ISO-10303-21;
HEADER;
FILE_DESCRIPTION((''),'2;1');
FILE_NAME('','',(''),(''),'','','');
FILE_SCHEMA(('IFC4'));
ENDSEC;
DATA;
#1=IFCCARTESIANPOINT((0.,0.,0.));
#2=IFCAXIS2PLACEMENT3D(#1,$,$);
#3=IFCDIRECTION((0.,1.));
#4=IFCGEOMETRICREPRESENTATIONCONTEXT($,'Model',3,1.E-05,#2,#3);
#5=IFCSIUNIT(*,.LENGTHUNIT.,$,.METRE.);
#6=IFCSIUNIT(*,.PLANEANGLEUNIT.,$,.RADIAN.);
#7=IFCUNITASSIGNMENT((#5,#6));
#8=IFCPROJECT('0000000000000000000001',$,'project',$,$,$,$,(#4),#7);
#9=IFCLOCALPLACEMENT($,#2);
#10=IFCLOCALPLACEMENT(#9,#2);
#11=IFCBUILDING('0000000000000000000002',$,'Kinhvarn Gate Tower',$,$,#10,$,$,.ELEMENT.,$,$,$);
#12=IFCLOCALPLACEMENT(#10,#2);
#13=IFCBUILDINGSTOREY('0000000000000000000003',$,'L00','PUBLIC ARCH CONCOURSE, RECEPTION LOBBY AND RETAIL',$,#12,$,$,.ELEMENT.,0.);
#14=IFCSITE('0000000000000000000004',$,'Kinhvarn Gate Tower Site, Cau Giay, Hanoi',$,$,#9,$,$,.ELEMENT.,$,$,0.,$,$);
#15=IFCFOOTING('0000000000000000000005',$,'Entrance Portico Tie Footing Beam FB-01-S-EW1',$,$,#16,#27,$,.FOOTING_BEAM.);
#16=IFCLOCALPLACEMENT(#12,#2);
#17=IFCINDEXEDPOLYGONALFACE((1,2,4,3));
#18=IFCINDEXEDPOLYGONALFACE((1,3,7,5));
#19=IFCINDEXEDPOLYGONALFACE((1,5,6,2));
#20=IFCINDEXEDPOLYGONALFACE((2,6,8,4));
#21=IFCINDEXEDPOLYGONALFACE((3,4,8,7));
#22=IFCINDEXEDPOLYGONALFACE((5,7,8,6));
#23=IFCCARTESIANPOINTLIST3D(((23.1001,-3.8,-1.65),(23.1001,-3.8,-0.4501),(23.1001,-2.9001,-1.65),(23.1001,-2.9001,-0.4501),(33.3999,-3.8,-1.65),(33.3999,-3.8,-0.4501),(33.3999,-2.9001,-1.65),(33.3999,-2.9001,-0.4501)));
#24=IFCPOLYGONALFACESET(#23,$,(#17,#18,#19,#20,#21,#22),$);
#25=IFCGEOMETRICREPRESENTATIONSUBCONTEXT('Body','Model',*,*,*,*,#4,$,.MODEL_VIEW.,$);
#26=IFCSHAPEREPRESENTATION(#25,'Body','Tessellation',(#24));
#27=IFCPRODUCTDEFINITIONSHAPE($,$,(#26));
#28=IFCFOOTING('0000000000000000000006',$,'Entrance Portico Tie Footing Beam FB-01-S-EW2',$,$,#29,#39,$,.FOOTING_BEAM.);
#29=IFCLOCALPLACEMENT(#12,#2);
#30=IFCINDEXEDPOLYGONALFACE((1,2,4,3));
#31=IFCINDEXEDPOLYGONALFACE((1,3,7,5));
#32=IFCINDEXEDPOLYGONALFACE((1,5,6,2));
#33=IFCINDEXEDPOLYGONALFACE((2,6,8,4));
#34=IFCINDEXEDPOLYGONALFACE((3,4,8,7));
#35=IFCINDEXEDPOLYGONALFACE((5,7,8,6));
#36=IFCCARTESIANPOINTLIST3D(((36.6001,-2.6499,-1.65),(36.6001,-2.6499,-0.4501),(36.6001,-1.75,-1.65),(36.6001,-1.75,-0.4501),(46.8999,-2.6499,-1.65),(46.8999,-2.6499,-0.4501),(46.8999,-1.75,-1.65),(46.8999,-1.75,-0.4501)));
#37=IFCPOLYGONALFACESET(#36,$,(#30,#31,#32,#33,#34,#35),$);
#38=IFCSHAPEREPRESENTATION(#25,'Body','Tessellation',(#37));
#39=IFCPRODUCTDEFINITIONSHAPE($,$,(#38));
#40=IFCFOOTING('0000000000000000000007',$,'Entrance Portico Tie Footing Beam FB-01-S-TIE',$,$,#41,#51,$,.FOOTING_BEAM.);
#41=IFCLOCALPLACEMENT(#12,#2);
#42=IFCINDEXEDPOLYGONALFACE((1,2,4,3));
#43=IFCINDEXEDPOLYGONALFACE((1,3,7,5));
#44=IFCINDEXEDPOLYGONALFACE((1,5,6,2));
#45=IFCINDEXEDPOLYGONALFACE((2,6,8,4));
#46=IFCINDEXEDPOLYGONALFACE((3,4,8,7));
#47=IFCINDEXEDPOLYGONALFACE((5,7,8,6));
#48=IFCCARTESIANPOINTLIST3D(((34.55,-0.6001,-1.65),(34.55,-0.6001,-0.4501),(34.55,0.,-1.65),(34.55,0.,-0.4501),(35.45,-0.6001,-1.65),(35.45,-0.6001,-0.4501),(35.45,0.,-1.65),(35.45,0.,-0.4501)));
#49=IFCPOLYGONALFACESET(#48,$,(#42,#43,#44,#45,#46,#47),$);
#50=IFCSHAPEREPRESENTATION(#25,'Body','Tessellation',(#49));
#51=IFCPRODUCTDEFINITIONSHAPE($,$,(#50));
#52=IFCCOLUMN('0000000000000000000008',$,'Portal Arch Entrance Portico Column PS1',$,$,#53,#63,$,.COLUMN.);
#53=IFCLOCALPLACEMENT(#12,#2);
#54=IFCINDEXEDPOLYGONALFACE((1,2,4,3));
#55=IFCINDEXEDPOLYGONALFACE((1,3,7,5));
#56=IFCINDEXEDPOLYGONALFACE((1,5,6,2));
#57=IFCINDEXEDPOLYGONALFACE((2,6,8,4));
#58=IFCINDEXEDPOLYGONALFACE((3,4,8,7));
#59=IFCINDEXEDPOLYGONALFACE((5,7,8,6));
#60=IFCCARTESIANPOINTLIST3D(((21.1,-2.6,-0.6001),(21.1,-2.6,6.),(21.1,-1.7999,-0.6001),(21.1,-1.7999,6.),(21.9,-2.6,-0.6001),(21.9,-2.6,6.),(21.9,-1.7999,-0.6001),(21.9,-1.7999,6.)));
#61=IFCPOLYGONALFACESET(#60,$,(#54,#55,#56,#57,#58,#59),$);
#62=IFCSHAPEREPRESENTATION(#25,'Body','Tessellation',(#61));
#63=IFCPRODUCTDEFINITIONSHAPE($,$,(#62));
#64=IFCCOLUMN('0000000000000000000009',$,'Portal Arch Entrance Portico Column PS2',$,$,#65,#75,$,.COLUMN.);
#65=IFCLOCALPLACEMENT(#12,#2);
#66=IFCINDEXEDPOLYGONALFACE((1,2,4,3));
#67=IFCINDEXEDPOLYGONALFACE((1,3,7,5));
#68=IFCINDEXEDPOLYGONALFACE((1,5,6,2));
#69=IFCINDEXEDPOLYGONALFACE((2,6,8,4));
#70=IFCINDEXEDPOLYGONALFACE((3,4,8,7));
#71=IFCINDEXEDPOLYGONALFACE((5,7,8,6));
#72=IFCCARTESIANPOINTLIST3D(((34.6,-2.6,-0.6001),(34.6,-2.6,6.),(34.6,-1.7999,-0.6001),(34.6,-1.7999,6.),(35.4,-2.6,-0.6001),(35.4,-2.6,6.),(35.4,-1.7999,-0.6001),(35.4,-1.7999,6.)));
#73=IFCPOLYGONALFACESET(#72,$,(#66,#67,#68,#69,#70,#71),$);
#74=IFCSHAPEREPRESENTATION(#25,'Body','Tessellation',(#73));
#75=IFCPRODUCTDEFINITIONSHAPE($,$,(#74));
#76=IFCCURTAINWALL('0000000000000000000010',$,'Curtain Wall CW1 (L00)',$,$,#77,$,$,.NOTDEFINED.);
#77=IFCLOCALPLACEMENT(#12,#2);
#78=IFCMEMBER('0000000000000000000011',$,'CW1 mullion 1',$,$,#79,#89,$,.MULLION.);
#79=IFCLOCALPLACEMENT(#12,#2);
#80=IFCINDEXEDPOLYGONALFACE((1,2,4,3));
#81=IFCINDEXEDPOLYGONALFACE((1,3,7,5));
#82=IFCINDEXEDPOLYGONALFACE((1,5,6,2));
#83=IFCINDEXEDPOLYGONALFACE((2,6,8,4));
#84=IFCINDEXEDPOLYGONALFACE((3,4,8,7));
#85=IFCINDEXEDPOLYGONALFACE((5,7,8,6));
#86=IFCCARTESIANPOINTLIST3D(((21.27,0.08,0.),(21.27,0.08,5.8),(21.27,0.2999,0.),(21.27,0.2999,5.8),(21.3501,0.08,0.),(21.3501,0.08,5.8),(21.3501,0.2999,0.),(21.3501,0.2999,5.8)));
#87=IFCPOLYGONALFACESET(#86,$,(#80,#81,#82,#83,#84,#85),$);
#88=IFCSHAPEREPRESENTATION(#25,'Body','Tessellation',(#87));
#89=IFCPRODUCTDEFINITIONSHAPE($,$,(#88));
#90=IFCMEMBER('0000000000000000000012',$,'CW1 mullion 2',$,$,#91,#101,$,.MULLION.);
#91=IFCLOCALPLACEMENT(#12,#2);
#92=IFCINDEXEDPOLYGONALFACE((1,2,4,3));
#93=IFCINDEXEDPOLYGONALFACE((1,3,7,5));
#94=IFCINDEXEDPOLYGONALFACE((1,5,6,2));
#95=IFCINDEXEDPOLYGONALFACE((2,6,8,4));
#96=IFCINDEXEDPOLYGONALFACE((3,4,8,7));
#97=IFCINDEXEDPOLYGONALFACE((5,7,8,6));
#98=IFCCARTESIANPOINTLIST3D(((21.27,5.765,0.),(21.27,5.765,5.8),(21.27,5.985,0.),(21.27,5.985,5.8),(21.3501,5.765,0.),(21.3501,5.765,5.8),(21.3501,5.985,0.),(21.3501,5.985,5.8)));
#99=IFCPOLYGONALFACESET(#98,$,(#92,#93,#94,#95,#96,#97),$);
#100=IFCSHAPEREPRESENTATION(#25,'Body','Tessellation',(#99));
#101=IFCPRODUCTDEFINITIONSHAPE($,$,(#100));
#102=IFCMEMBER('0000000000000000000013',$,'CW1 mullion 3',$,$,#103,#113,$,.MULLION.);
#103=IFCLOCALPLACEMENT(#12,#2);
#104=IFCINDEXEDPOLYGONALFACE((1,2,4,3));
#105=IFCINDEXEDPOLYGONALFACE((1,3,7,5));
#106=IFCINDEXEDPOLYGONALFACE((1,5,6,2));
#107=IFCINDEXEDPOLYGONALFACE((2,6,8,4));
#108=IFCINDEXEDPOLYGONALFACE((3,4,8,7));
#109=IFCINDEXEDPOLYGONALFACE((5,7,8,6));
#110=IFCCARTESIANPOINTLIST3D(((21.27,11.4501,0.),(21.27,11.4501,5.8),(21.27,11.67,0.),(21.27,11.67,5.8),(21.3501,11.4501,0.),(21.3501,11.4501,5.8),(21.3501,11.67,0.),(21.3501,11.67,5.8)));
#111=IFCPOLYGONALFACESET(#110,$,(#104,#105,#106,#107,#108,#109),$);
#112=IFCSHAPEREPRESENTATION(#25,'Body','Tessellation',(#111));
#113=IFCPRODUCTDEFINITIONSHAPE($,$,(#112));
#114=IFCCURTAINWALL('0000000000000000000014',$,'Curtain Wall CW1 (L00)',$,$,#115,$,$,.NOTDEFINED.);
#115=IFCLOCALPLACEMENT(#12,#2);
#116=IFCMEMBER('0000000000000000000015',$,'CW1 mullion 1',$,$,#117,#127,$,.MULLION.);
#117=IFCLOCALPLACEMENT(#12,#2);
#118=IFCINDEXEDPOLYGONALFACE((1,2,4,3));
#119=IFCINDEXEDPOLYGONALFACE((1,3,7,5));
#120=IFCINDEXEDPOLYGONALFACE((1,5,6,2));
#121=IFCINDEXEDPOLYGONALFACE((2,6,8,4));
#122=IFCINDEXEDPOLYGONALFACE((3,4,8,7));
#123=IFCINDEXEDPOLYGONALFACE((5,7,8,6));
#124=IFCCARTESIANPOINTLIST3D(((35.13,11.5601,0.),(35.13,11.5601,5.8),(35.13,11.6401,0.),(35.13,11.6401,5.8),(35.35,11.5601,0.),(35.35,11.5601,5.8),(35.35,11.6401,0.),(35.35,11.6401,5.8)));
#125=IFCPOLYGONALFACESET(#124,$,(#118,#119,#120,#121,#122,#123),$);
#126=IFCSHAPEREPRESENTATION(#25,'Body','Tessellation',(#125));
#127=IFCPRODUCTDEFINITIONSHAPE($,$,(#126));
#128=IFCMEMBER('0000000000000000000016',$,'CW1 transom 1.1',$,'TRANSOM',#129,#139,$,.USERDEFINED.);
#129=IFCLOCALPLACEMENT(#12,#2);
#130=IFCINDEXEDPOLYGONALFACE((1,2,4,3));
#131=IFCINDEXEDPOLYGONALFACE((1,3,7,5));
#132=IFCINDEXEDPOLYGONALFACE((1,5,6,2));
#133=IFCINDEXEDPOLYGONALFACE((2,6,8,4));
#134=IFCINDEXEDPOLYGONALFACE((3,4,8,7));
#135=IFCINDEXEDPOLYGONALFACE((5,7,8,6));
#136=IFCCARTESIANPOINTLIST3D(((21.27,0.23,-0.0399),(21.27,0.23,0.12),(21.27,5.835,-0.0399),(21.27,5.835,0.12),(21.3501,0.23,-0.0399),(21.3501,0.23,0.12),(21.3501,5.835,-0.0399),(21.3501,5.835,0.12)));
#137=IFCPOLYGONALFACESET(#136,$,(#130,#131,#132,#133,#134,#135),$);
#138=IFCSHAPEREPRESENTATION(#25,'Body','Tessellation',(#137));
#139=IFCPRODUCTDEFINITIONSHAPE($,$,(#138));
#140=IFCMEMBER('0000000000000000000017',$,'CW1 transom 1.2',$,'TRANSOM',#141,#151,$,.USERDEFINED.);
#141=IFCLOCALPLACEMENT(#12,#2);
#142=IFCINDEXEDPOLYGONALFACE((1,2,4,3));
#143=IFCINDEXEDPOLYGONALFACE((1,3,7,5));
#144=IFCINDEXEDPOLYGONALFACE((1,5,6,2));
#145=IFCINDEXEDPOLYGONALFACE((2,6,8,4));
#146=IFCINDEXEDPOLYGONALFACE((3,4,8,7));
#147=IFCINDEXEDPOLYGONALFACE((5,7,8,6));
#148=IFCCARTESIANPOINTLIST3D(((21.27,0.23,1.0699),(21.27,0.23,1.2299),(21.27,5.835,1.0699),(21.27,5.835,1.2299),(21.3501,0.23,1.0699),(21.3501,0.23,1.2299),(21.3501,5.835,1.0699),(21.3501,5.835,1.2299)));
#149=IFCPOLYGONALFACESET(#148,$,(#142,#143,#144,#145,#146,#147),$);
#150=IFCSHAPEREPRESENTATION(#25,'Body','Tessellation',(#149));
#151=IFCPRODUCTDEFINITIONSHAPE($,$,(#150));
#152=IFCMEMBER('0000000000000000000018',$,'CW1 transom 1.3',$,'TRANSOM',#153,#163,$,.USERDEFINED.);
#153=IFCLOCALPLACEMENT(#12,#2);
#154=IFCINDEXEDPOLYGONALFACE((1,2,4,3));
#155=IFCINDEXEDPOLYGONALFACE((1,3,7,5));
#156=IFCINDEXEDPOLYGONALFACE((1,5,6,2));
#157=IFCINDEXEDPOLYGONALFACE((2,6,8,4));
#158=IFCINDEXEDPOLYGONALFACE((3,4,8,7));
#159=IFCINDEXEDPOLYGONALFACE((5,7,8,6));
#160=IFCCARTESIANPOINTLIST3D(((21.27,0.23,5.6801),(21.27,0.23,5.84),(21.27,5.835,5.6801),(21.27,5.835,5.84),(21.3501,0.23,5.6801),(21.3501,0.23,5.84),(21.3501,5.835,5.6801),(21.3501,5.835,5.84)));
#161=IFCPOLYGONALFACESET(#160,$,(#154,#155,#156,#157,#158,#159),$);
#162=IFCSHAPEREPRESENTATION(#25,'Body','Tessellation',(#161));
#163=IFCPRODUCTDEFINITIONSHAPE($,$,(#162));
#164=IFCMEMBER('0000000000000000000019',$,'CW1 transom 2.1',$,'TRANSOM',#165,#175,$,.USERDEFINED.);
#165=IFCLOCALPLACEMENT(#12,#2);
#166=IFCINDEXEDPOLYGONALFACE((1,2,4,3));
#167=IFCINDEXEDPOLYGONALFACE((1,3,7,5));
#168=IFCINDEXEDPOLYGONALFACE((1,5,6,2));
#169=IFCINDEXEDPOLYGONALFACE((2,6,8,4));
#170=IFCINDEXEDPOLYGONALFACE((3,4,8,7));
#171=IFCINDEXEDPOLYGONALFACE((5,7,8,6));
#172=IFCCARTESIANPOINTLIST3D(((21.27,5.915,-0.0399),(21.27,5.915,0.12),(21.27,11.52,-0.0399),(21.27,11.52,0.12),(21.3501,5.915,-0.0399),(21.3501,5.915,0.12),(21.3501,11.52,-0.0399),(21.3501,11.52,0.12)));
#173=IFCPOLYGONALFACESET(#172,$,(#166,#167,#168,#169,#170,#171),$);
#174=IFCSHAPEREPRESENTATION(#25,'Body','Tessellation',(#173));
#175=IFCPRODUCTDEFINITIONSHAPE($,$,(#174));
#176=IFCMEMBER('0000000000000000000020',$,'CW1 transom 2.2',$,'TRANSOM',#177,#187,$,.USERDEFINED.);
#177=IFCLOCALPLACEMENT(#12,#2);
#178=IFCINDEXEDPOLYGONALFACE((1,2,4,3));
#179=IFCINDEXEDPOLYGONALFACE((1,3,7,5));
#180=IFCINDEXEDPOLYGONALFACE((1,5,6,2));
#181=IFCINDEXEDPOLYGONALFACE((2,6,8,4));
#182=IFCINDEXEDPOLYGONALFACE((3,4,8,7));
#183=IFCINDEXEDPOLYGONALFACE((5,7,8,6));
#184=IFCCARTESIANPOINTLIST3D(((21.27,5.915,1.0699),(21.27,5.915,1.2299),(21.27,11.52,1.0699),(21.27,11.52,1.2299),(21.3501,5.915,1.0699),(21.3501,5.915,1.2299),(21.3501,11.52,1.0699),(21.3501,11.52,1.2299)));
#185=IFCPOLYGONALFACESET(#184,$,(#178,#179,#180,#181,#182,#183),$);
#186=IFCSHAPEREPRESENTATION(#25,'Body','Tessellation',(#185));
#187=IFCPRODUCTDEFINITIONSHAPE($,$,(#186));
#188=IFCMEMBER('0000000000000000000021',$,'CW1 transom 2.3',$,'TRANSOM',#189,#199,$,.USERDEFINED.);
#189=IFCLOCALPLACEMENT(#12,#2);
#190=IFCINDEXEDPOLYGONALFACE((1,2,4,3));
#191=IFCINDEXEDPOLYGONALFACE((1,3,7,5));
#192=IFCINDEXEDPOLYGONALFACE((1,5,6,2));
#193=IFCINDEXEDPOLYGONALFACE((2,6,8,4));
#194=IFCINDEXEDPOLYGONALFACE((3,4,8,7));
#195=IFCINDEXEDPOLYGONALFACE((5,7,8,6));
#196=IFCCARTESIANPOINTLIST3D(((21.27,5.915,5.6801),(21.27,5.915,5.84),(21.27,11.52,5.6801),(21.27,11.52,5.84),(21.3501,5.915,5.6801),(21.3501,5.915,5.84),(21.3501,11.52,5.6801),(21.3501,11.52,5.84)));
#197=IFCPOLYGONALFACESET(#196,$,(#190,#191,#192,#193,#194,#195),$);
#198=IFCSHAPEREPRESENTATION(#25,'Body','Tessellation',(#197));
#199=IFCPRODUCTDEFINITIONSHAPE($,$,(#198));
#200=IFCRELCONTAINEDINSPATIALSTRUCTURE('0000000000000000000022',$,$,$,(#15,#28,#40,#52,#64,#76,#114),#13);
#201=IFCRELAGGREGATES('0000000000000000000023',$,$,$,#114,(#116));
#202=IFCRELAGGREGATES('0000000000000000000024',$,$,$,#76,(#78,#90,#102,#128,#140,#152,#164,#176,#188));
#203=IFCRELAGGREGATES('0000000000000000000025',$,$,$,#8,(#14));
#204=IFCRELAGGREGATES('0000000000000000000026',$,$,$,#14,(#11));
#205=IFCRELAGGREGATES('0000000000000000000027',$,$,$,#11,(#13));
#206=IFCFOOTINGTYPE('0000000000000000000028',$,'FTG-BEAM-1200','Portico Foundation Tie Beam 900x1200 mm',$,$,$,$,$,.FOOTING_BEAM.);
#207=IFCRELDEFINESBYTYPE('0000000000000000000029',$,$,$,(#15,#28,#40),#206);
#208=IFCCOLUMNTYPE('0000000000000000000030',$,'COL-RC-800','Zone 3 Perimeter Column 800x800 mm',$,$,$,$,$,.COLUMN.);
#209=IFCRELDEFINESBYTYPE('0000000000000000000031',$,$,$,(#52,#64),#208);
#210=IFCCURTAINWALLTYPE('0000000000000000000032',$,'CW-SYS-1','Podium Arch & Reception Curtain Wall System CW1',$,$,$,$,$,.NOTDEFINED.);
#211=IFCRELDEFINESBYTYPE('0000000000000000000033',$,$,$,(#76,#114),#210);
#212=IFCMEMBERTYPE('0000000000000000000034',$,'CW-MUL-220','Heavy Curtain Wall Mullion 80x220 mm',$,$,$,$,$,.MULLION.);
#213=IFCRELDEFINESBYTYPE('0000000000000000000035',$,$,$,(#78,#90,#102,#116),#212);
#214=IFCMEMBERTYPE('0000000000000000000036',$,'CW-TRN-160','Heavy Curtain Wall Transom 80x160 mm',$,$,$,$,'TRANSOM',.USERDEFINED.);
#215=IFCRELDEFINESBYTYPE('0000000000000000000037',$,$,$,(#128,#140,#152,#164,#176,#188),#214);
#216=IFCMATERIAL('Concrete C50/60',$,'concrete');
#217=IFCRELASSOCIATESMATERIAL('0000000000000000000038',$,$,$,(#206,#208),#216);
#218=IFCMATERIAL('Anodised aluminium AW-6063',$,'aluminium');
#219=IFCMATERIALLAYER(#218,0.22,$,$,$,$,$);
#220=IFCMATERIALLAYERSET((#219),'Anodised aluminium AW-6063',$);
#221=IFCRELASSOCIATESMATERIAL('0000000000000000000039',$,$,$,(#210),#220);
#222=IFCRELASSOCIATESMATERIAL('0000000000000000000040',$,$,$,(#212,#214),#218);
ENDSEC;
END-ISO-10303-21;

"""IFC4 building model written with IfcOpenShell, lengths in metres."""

from ifc_helpers import new_model, si_unit, direction, frame, origin, origin_2d, place, context, subcontext, project, spatial, rectangle, extrude, material, layer, layer_set, material_profile, profile_set, type_object, element, aggregate, save


model = new_model("IFC4")

# Units and contexts
model_context = context("Model", 3, precision=1e-05, world=origin(), true_north=direction((0.0, 1.0)))
body_context = subcontext(model_context, "Body", "Model", "MODEL_VIEW")
ifc_project = project(units=[si_unit("LENGTHUNIT", "METRE"), si_unit("PLANEANGLEUNIT", "RADIAN")], contexts=[model_context])

# Site, building, storey
site_placement = place(None, origin())
site = spatial("IfcSite", under=ifc_project, at=site_placement, Name="Kinhvarn Gate Tower Site, Cau Giay, Hanoi", CompositionType="ELEMENT", RefElevation=0.0)
building_placement = place(site_placement, origin())
building = spatial("IfcBuilding", under=site, at=building_placement, Name="Kinhvarn Gate Tower", CompositionType="ELEMENT")
storey_placement = place(building_placement, origin())
storey = spatial("IfcBuildingStorey", under=building, at=storey_placement, Name="L00", Description="PUBLIC ARCH CONCOURSE, RECEPTION LOBBY AND RETAIL", CompositionType="ELEMENT", Elevation=0.0)

# Footings
ifc_material_1 = material(Name="Concrete C50/60", Category="concrete")
ifc_material_profile_1 = material_profile(ifc_material_1, rectangle(XDim=0.8999, YDim=1.2, at=origin_2d()), Name="RC 900x1200")
ifc_profile_set_1 = profile_set([ifc_material_profile_1], Name="Concrete C50/60")
footing_type = type_object("IfcFootingType", Name="FTG-BEAM-1200", Description="Portico Foundation Tie Beam 900x1200 mm", PredefinedType="FOOTING_BEAM", material=ifc_profile_set_1)
for number, where, z_axis, x_axis, name in (
    (1, (23.1001, -3.3501, -1.05), (1.0, 0.0, 0.0), (0.0, 1.0, 0.0), "Entrance Portico Tie Footing Beam FB-01-S-EW1"),
    (2, (36.6001, -2.2, -1.05), (1.0, 0.0, 0.0), (0.0, 1.0, 0.0), "Entrance Portico Tie Footing Beam FB-01-S-EW2"),
):
    element("IfcFooting", number, at=place(storey_placement, frame(where, z_axis=z_axis, x_axis=x_axis)), inside=storey, type_object=footing_type, Name=name, PredefinedType="FOOTING_BEAM", context=body_context, shape_type="SweptSolid", body=[
        extrude(rectangle(XDim=0.8999, YDim=1.2, at=origin_2d()), origin(), (0.0, 0.0, 1.0), 10.2998),
    ])
footing_placement = place(storey_placement, frame((35.0, -0.6001, -1.05), z_axis=(0.0, 1.0, 0.0), x_axis=(-1.0, 0.0, 0.0)))
element("IfcFooting", 3, at=footing_placement, inside=storey, type_object=footing_type, Name="Entrance Portico Tie Footing Beam FB-01-S-TIE", PredefinedType="FOOTING_BEAM", context=body_context, shape_type="SweptSolid", body=[
    extrude(rectangle(XDim=0.8999, YDim=1.2, at=origin_2d()), origin(), (0.0, 0.0, 1.0), 0.6001),
])

# Columns
ifc_material_profile_2 = material_profile(ifc_material_1, rectangle(XDim=0.8, YDim=0.8, at=origin_2d()), Name="RC 800x800")
ifc_profile_set_2 = profile_set([ifc_material_profile_2], Name="Concrete C50/60")
column_type = type_object("IfcColumnType", Name="COL-RC-800", Description="Zone 3 Perimeter Column 800x800 mm", PredefinedType="COLUMN", material=ifc_profile_set_2)
for number, where, z_axis, x_axis, name in (
    (4, (21.5, -2.2, -0.6001), (0.0, 0.0, 1.0), (1.0, 0.0, 0.0), "Portal Arch Entrance Portico Column PS1"),
    (5, (35.0, -2.2, -0.6001), (0.0, 0.0, 1.0), (1.0, 0.0, 0.0), "Portal Arch Entrance Portico Column PS2"),
):
    element("IfcColumn", number, at=place(storey_placement, frame(where, z_axis=z_axis, x_axis=x_axis)), inside=storey, type_object=column_type, Name=name, PredefinedType="COLUMN", context=body_context, shape_type="SweptSolid", body=[
        extrude(rectangle(XDim=0.8, YDim=0.8, at=origin_2d()), origin(), (0.0, 0.0, 1.0), 6.6001),
    ])

# Curtain wall, members
ifc_material_2 = material(Name="Anodised aluminium AW-6063", Category="aluminium")
ifc_layer_1 = layer(ifc_material_2, 0.22)
ifc_layer_set_1 = layer_set([ifc_layer_1], Name="Anodised aluminium AW-6063")
curtain_wall_type = type_object("IfcCurtainWallType", Name="CW-SYS-1", Description="Podium Arch & Reception Curtain Wall System CW1", PredefinedType="NOTDEFINED", material=ifc_layer_set_1)
curtain_wall_1_placement = place(storey_placement, origin())
curtain_wall_1 = element("IfcCurtainWall", 6, at=curtain_wall_1_placement, inside=storey, type_object=curtain_wall_type, Name="Curtain Wall CW1 (L00)", PredefinedType="NOTDEFINED")
ifc_material_profile_3 = material_profile(ifc_material_2, rectangle(XDim=0.0801, YDim=0.22, at=origin_2d()), Name="ALU 80x220")
ifc_profile_set_3 = profile_set([ifc_material_profile_3], Name="Anodised aluminium AW-6063")
member_type_1 = type_object("IfcMemberType", Name="CW-MUL-220", Description="Heavy Curtain Wall Mullion 80x220 mm", PredefinedType="MULLION", material=ifc_profile_set_3)
member_1_placement = place(storey_placement, frame((21.3101, 0.1899, 0.0), z_axis=(0.0, 0.0, 1.0), x_axis=(-1.0, 0.0, 0.0)))
member_1 = element("IfcMember", 7, at=member_1_placement, type_object=member_type_1, Name="CW1 mullion 1", PredefinedType="MULLION", context=body_context, shape_type="SweptSolid", body=[
    extrude(rectangle(XDim=0.0801, YDim=0.22, at=origin_2d()), origin(), (0.0, 0.0, 1.0), 5.8),
])
member_2_placement = place(storey_placement, frame((21.3101, 5.875, 0.0), z_axis=(0.0, 0.0, 1.0), x_axis=(-1.0, 0.0, 0.0)))
member_2 = element("IfcMember", 8, at=member_2_placement, type_object=member_type_1, Name="CW1 mullion 2", PredefinedType="MULLION", context=body_context, shape_type="SweptSolid", body=[
    extrude(rectangle(XDim=0.0801, YDim=0.22, at=origin_2d()), origin(), (0.0, 0.0, 1.0), 5.8),
])
member_3_placement = place(storey_placement, frame((21.3101, 11.5601, 0.0), z_axis=(0.0, 0.0, 1.0), x_axis=(-1.0, 0.0, 0.0)))
member_3 = element("IfcMember", 9, at=member_3_placement, type_object=member_type_1, Name="CW1 mullion 3", PredefinedType="MULLION", context=body_context, shape_type="SweptSolid", body=[
    extrude(rectangle(XDim=0.0801, YDim=0.22, at=origin_2d()), origin(), (0.0, 0.0, 1.0), 5.8),
])

# Curtain wall, member
curtain_wall_2_placement = place(storey_placement, origin())
curtain_wall_2 = element("IfcCurtainWall", 10, at=curtain_wall_2_placement, inside=storey, type_object=curtain_wall_type, Name="Curtain Wall CW1 (L00)", PredefinedType="NOTDEFINED")
member_4_placement = place(storey_placement, frame((35.24, 11.6001, 0.0), z_axis=(0.0, 0.0, 1.0), x_axis=(0.0, 1.0, 0.0)))
member_4 = element("IfcMember", 11, at=member_4_placement, type_object=member_type_1, Name="CW1 mullion 1", PredefinedType="MULLION", context=body_context, shape_type="SweptSolid", body=[
    extrude(rectangle(XDim=0.0801, YDim=0.22, at=origin_2d()), origin(), (0.0, 0.0, 1.0), 5.8),
])

# Members
ifc_material_profile_4 = material_profile(ifc_material_2, rectangle(XDim=0.0801, YDim=0.1599, at=origin_2d()), Name="ALU 80x160")
ifc_profile_set_4 = profile_set([ifc_material_profile_4], Name="Anodised aluminium AW-6063")
member_type_2 = type_object("IfcMemberType", Name="CW-TRN-160", Description="Heavy Curtain Wall Transom 80x160 mm", ElementType="TRANSOM", PredefinedType="USERDEFINED", material=ifc_profile_set_4)
member_5_placement = place(storey_placement, frame((21.3101, 0.23, 0.04), z_axis=(0.0, 1.0, 0.0), x_axis=(-1.0, 0.0, 0.0)))
member_5 = element("IfcMember", 12, at=member_5_placement, type_object=member_type_2, Name="CW1 transom 1.1", ObjectType="TRANSOM", PredefinedType="USERDEFINED", context=body_context, shape_type="SweptSolid", body=[
    extrude(rectangle(XDim=0.0801, YDim=0.1599, at=origin_2d()), origin(), (0.0, 0.0, 1.0), 5.605),
])
member_6_placement = place(storey_placement, frame((21.3101, 0.23, 1.1499), z_axis=(0.0, 1.0, 0.0), x_axis=(-1.0, 0.0, 0.0)))
member_6 = element("IfcMember", 13, at=member_6_placement, type_object=member_type_2, Name="CW1 transom 1.2", ObjectType="TRANSOM", PredefinedType="USERDEFINED", context=body_context, shape_type="SweptSolid", body=[
    extrude(rectangle(XDim=0.0801, YDim=0.1599, at=origin_2d()), origin(), (0.0, 0.0, 1.0), 5.605),
])
member_7_placement = place(storey_placement, frame((21.3101, 0.23, 5.76), z_axis=(0.0, 1.0, 0.0), x_axis=(-1.0, 0.0, 0.0)))
member_7 = element("IfcMember", 14, at=member_7_placement, type_object=member_type_2, Name="CW1 transom 1.3", ObjectType="TRANSOM", PredefinedType="USERDEFINED", context=body_context, shape_type="SweptSolid", body=[
    extrude(rectangle(XDim=0.0801, YDim=0.1599, at=origin_2d()), origin(), (0.0, 0.0, 1.0), 5.605),
])
member_8_placement = place(storey_placement, frame((21.3101, 5.915, 0.04), z_axis=(0.0, 1.0, 0.0), x_axis=(-1.0, 0.0, 0.0)))
member_8 = element("IfcMember", 15, at=member_8_placement, type_object=member_type_2, Name="CW1 transom 2.1", ObjectType="TRANSOM", PredefinedType="USERDEFINED", context=body_context, shape_type="SweptSolid", body=[
    extrude(rectangle(XDim=0.0801, YDim=0.1599, at=origin_2d()), origin(), (0.0, 0.0, 1.0), 5.605),
])
member_9_placement = place(storey_placement, frame((21.3101, 5.915, 1.1499), z_axis=(0.0, 1.0, 0.0), x_axis=(-1.0, 0.0, 0.0)))
member_9 = element("IfcMember", 16, at=member_9_placement, type_object=member_type_2, Name="CW1 transom 2.2", ObjectType="TRANSOM", PredefinedType="USERDEFINED", context=body_context, shape_type="SweptSolid", body=[
    extrude(rectangle(XDim=0.0801, YDim=0.1599, at=origin_2d()), origin(), (0.0, 0.0, 1.0), 5.605),
])
member_10_placement = place(storey_placement, frame((21.3101, 5.915, 5.76), z_axis=(0.0, 1.0, 0.0), x_axis=(-1.0, 0.0, 0.0)))
member_10 = element("IfcMember", 17, at=member_10_placement, type_object=member_type_2, Name="CW1 transom 2.3", ObjectType="TRANSOM", PredefinedType="USERDEFINED", context=body_context, shape_type="SweptSolid", body=[
    extrude(rectangle(XDim=0.0801, YDim=0.1599, at=origin_2d()), origin(), (0.0, 0.0, 1.0), 5.605),
])
aggregate(curtain_wall_2, [member_4])

aggregate(curtain_wall_1, [member_1, member_2, member_3, member_5, member_6, member_7, member_8, member_9, member_10])

save(model, "model.ifc")
